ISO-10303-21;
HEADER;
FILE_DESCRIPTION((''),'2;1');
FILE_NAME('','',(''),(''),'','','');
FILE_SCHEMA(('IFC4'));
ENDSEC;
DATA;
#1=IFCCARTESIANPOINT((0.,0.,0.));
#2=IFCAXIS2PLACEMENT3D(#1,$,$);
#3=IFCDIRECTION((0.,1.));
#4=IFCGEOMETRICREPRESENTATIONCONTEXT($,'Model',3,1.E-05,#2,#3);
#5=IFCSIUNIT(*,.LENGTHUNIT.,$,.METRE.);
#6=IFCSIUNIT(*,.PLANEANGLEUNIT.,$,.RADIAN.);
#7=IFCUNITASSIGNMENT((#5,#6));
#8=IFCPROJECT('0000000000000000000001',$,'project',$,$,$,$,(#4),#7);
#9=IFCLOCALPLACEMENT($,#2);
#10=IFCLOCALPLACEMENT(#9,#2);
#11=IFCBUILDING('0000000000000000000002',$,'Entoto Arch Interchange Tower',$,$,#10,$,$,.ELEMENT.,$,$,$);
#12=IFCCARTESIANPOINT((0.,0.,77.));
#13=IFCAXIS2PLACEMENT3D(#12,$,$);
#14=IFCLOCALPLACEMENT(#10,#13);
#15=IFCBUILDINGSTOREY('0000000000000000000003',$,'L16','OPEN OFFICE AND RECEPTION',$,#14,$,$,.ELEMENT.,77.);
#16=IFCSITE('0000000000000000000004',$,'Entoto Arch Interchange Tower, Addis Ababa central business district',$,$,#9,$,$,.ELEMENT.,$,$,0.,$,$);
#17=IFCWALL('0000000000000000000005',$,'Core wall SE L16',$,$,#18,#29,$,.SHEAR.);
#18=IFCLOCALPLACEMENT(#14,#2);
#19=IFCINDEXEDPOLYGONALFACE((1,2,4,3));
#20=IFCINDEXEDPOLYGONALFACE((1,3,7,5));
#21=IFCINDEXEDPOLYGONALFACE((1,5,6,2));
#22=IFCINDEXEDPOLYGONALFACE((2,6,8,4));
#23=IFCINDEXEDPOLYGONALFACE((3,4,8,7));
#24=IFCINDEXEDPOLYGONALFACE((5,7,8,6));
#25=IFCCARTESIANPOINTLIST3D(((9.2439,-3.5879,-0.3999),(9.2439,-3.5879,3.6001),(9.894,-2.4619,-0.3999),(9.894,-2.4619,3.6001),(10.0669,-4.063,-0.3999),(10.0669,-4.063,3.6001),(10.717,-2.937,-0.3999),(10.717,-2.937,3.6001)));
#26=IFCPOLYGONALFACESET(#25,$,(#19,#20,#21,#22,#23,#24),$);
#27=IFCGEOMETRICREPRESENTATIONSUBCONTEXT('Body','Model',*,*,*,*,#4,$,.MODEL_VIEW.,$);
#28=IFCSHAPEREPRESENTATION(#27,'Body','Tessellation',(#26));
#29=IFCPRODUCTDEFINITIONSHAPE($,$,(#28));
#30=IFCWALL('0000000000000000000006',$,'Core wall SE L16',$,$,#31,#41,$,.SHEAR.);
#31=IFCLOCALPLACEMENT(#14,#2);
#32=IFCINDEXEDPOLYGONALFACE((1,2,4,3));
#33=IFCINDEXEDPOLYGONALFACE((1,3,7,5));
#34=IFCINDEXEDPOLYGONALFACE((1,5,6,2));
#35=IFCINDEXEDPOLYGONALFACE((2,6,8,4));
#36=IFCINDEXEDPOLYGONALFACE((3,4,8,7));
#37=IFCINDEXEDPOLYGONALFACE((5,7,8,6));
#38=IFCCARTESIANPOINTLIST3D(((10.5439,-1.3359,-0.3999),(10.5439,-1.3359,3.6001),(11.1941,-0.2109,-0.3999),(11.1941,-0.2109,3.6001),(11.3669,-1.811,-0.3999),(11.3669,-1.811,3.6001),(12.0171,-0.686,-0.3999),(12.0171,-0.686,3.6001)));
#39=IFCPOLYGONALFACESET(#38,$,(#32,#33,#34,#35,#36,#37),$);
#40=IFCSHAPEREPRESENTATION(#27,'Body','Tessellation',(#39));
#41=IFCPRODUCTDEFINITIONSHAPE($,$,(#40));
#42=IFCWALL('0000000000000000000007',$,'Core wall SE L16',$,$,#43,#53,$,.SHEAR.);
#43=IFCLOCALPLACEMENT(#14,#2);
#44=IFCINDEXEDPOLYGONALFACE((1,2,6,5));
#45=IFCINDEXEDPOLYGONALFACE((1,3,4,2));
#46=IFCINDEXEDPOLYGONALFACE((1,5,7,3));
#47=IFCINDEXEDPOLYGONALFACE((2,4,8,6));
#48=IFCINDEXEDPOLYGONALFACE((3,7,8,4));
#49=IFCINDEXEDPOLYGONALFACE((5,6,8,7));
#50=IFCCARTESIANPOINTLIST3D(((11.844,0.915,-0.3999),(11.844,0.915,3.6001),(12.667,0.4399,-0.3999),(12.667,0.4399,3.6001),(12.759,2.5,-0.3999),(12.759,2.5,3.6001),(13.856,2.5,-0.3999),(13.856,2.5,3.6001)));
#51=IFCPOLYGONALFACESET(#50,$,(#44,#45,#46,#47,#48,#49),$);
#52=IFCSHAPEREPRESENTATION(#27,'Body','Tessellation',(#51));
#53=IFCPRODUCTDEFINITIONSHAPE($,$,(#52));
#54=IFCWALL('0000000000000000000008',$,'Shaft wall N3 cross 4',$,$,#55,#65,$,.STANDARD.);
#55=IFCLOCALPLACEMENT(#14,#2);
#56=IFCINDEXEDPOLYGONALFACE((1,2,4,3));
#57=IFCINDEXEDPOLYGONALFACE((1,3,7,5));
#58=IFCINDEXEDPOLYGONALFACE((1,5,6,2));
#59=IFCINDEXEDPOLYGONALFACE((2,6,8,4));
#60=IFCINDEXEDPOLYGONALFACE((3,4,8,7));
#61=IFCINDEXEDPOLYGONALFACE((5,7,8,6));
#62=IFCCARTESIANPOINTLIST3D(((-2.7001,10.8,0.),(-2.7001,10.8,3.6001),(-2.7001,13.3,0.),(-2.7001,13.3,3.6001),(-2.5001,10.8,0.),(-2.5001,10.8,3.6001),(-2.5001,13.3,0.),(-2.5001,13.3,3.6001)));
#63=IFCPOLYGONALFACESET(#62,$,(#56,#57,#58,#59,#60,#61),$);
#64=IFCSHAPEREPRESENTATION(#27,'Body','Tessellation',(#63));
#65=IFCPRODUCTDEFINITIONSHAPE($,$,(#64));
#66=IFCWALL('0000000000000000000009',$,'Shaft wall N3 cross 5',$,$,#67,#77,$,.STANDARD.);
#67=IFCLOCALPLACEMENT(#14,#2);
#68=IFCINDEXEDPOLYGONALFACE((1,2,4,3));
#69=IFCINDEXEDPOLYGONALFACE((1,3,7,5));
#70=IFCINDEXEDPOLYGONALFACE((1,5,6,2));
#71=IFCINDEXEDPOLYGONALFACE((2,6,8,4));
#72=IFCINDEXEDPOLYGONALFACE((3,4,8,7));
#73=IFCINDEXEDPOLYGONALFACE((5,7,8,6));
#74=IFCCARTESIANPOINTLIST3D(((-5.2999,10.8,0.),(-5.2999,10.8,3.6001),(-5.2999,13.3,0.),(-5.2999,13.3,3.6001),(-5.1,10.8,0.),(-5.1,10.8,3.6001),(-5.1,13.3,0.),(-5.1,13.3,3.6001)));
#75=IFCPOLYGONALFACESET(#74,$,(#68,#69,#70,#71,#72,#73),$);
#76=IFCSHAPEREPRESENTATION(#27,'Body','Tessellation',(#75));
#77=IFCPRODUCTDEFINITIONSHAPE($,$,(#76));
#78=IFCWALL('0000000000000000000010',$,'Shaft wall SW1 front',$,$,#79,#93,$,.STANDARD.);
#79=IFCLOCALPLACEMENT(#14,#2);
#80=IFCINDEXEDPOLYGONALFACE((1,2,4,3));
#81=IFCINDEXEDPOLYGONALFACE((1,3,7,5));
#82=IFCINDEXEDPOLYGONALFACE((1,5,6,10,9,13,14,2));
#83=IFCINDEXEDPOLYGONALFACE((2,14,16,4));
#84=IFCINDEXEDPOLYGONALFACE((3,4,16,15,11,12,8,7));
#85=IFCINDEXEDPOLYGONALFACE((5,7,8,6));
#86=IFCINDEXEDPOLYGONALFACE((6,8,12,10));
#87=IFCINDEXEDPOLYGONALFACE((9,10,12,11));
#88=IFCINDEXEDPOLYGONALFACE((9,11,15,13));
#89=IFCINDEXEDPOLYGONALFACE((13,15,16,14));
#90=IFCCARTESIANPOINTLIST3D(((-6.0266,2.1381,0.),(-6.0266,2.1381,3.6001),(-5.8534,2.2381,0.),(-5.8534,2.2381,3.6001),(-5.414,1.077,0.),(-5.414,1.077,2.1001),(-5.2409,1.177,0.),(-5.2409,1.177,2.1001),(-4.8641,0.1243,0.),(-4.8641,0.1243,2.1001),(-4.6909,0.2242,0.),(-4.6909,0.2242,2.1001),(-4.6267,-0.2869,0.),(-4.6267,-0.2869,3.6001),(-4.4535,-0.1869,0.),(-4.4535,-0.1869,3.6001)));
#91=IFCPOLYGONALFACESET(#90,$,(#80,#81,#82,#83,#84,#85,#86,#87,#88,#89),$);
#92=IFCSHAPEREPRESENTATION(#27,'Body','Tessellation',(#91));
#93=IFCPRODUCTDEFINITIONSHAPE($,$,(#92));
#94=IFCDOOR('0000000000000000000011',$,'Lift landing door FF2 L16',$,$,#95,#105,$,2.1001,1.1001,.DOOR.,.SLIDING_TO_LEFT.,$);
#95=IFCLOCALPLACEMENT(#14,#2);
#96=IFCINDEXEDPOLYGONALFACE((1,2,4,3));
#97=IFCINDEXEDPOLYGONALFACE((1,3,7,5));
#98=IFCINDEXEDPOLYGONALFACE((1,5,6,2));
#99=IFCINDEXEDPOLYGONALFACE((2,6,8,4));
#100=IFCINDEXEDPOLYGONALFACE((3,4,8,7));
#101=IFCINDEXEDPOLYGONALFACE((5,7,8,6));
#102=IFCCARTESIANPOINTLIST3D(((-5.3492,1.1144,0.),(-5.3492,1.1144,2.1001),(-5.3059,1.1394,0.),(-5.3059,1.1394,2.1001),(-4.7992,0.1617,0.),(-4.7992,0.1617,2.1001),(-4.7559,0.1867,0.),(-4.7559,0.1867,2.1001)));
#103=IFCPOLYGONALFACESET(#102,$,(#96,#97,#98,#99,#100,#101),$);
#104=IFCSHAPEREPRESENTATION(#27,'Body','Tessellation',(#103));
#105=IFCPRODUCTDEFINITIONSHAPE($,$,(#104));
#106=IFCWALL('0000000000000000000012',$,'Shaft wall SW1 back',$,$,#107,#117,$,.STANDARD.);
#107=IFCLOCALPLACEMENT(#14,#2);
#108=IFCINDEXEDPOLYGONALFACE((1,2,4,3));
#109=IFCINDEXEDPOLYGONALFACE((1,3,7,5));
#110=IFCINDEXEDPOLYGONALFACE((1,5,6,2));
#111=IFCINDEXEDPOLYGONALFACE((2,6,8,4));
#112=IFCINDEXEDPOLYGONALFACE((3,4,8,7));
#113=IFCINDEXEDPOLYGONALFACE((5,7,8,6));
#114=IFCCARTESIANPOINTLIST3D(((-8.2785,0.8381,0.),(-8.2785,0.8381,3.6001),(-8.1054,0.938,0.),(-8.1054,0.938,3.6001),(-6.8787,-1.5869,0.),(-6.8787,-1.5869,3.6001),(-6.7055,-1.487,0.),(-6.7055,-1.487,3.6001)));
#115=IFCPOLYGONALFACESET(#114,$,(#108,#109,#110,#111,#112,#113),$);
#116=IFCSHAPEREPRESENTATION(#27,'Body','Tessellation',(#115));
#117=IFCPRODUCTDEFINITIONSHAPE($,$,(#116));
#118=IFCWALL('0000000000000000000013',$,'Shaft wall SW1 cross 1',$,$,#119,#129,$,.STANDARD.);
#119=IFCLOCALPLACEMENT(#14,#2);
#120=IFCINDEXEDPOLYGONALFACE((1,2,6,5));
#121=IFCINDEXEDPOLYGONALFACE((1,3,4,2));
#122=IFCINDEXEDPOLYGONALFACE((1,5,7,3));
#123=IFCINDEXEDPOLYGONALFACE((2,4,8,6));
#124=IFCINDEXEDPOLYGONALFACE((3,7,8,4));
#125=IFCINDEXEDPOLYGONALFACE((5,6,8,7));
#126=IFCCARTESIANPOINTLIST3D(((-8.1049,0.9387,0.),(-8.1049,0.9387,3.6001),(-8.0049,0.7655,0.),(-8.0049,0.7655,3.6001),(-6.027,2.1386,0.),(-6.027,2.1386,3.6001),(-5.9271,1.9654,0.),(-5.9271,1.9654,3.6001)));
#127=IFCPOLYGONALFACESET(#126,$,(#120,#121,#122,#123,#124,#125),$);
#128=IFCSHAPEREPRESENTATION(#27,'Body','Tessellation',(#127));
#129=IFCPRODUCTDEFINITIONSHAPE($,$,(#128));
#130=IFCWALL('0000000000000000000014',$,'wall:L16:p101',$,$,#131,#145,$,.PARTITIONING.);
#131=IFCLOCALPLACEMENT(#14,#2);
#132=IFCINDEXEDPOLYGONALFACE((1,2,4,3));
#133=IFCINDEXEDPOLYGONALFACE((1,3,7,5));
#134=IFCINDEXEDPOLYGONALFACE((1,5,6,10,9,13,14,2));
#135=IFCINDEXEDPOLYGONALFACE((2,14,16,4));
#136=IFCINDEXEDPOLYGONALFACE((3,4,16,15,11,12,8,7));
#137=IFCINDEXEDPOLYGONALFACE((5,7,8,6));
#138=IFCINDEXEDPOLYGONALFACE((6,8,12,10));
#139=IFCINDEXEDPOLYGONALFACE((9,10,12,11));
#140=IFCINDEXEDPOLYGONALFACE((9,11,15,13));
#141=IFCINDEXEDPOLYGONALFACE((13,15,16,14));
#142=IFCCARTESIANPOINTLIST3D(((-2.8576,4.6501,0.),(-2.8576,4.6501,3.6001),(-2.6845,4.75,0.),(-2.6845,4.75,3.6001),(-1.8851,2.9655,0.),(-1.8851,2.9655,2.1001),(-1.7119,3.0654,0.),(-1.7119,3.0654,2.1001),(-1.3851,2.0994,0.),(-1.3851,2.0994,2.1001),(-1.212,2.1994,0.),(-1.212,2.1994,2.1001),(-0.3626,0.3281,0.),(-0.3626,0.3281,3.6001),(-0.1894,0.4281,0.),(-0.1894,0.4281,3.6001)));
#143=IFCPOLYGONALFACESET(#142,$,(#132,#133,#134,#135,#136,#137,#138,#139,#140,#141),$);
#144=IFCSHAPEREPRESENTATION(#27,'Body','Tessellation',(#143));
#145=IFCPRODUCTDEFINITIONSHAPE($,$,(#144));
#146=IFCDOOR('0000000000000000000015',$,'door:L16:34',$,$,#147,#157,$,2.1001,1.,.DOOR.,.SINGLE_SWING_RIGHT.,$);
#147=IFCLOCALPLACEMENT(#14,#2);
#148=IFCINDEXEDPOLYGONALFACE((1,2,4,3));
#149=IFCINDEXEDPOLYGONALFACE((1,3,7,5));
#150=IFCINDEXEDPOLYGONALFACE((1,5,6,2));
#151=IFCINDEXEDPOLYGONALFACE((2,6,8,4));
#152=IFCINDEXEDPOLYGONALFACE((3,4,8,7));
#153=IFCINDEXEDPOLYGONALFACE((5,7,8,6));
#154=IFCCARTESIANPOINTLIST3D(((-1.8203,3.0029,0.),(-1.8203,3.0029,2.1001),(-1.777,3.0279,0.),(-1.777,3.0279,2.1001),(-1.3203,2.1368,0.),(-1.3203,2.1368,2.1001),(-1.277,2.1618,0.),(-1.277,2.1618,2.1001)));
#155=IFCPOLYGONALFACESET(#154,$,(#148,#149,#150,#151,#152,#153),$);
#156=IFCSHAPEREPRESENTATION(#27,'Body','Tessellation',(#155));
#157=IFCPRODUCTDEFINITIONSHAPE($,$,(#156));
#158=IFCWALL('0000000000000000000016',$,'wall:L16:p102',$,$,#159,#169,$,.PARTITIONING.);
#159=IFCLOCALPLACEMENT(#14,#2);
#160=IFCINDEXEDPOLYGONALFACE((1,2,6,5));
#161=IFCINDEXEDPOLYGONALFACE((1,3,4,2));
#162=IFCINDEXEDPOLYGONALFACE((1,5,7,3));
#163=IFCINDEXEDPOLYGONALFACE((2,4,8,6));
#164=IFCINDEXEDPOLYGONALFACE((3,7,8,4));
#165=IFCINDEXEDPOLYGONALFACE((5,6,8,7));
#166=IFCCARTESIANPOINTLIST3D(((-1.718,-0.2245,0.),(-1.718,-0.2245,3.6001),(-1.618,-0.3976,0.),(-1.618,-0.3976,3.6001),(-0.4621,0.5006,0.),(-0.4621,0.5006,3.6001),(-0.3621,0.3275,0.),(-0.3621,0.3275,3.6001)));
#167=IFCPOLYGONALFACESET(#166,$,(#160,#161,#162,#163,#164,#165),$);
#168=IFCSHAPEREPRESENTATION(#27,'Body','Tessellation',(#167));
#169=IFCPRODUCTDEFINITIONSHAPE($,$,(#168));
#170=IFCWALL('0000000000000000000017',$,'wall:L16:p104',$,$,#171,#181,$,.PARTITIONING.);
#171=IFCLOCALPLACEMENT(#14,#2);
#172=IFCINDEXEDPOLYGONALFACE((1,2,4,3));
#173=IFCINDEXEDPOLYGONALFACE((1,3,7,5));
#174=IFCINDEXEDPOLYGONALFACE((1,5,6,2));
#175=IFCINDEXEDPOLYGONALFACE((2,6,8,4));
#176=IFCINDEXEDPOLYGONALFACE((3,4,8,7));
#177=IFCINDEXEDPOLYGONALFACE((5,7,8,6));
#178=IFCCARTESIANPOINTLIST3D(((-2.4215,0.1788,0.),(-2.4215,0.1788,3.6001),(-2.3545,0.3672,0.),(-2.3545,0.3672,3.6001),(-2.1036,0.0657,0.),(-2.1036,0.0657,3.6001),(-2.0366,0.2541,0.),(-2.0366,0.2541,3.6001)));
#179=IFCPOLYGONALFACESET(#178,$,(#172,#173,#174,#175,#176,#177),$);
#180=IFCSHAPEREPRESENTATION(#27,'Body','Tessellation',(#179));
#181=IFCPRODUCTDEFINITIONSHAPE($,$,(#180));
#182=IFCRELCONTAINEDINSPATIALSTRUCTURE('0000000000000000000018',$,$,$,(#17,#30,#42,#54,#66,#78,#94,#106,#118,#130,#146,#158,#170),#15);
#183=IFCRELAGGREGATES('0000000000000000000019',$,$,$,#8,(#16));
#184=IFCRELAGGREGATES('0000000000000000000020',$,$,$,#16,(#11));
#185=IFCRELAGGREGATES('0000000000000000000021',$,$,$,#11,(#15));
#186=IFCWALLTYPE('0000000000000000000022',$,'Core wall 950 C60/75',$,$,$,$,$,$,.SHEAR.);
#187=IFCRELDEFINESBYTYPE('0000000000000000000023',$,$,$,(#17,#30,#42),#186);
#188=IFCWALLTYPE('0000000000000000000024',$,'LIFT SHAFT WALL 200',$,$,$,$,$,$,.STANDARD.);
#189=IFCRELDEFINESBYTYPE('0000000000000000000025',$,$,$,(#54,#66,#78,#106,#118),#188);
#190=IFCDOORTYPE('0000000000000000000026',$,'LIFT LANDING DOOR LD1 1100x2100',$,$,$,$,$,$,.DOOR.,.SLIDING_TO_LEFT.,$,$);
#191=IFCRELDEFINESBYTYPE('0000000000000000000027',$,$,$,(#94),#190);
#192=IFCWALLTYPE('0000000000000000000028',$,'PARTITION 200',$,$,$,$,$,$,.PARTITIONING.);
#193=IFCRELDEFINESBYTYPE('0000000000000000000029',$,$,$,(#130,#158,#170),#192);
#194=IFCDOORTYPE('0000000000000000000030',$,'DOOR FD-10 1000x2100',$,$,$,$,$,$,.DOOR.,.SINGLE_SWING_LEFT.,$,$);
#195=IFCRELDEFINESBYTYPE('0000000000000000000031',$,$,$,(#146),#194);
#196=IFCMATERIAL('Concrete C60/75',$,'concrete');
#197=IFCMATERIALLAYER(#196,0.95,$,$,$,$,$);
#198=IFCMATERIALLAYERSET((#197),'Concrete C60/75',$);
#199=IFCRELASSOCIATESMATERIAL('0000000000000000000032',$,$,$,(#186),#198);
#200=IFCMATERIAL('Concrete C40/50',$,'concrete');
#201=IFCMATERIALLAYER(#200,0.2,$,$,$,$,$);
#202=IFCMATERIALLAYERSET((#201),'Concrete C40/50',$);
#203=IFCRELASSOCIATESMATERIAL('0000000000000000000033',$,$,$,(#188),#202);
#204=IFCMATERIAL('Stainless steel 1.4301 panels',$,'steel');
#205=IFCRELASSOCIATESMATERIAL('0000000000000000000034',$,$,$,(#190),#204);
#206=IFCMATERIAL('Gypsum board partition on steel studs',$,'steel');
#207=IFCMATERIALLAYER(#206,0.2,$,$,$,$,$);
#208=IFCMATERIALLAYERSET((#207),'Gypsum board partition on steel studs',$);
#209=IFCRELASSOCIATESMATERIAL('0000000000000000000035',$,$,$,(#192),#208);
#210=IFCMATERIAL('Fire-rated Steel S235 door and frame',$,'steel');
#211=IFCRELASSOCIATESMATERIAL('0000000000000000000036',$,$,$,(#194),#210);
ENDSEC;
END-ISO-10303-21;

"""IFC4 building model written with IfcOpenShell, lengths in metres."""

from ifc_helpers import new_model, si_unit, direction, frame, frame_2d, origin, place, context, subcontext, project, spatial, polyline, rectangle, outline, extrude, material, layer, layer_set, type_object, element, fill, save


model = new_model("IFC4")

# Units and contexts
model_context = context("Model", 3, precision=1e-05, world=origin(), true_north=direction((0.0, 1.0)))
body_context = subcontext(model_context, "Body", "Model", "MODEL_VIEW")
ifc_project = project(units=[si_unit("LENGTHUNIT", "METRE"), si_unit("PLANEANGLEUNIT", "RADIAN")], contexts=[model_context])

# Site, building, storey
site_placement = place(None, origin())
site = spatial("IfcSite", under=ifc_project, at=site_placement, Name="Entoto Arch Interchange Tower, Addis Ababa central business district", CompositionType="ELEMENT", RefElevation=0.0)
building_placement = place(site_placement, origin())
building = spatial("IfcBuilding", under=site, at=building_placement, Name="Entoto Arch Interchange Tower", CompositionType="ELEMENT")
storey_placement = place(building_placement, frame((0.0, 0.0, 77.0)))
storey = spatial("IfcBuildingStorey", under=building, at=storey_placement, Name="L16", Description="OPEN OFFICE AND RECEPTION", CompositionType="ELEMENT", Elevation=77.0)

# Walls
ifc_material_1 = material(Name="Concrete C60/75", Category="concrete")
ifc_layer_1 = layer(ifc_material_1, 0.95)
ifc_layer_set_1 = layer_set([ifc_layer_1], Name="Concrete C60/75")
wall_type_1 = type_object("IfcWallType", Name="Core wall 950 C60/75", PredefinedType="SHEAR", material=ifc_layer_set_1)
wall_1_placement = place(storey_placement, frame((0.0, 0.0, -0.3999)))
element("IfcWall", 1, at=wall_1_placement, inside=storey, type_object=wall_type_1, Name="Core wall SE L16", PredefinedType="SHEAR", context=body_context, shape_type="SweptSolid", body=[
    extrude(outline(polyline([(10.717, -2.937), (9.894, -2.4619), (9.2439, -3.5879), (10.0669, -4.063), (10.717, -2.937)])), origin(), (0.0, 0.0, 1.0), 4.0),
])
wall_2_placement = place(storey_placement, frame((0.0, 0.0, -0.3999)))
element("IfcWall", 2, at=wall_2_placement, inside=storey, type_object=wall_type_1, Name="Core wall SE L16", PredefinedType="SHEAR", context=body_context, shape_type="SweptSolid", body=[
    extrude(outline(polyline([(12.0171, -0.686), (11.1941, -0.2109), (10.5439, -1.3359), (11.3669, -1.811), (12.0171, -0.686)])), origin(), (0.0, 0.0, 1.0), 4.0),
])
wall_3_placement = place(storey_placement, frame((0.0, 0.0, -0.3999)))
element("IfcWall", 3, at=wall_3_placement, inside=storey, type_object=wall_type_1, Name="Core wall SE L16", PredefinedType="SHEAR", context=body_context, shape_type="SweptSolid", body=[
    extrude(outline(polyline([(11.844, 0.915), (12.667, 0.4399), (13.856, 2.5), (12.759, 2.5), (11.844, 0.915)])), origin(), (0.0, 0.0, 1.0), 4.0),
])
ifc_material_2 = material(Name="Concrete C40/50", Category="concrete")
ifc_layer_2 = layer(ifc_material_2, 0.2)
ifc_layer_set_2 = layer_set([ifc_layer_2], Name="Concrete C40/50")
wall_type_2 = type_object("IfcWallType", Name="LIFT SHAFT WALL 200", PredefinedType="STANDARD", material=ifc_layer_set_2)
for number, where, z_axis, x_axis, name in (
    (4, (-2.6001, 10.8, 0.0), (0.0, 0.0, 1.0), (0.0, 1.0, 0.0), "Shaft wall N3 cross 4"),
    (5, (-5.2, 10.8, 0.0), (0.0, 0.0, 1.0), (0.0, 1.0, 0.0), "Shaft wall N3 cross 5"),
):
    element("IfcWall", number, at=place(storey_placement, frame(where, z_axis=z_axis, x_axis=x_axis)), inside=storey, type_object=wall_type_2, Name=name, PredefinedType="STANDARD", context=body_context, shape_type="SweptSolid", body=[
        extrude(rectangle(XDim=2.5, YDim=0.2, at=frame_2d((1.25, 0.0))), origin(), (0.0, 0.0, 1.0), 3.6001),
    ])

# Wall, opening, door
wall_4_placement = place(storey_placement, frame((-5.9399, 2.188, 0.0), z_axis=(0.0, 0.0, 1.0), x_axis=(0.499946, -0.866056, 0.0)))
wall_4 = element("IfcWall", 6, at=wall_4_placement, inside=storey, type_object=wall_type_2, Name="Shaft wall SW1 front", PredefinedType="STANDARD", context=body_context, shape_type="SweptSolid", body=[
    extrude(rectangle(XDim=2.8, YDim=0.2, at=frame_2d((1.3999, 0.0))), origin(), (0.0, 0.0, 1.0), 3.6001),
])
opening_1_placement = place(wall_4_placement, frame((1.2251, 0.0, 0.0)))
opening_1 = element("IfcOpeningElement", 7, at=opening_1_placement, cuts=wall_4, PredefinedType="OPENING", context=body_context, shape_type="SweptSolid", body=[
    extrude(rectangle(XDim=1.1001, YDim=2.1001, at=frame_2d((0.55, 1.05))), frame((0.0, 0.1099, 0.0), z_axis=(0.0, -1.0, 0.0), x_axis=(1.0, 0.0, 0.0)), (0.0, 0.0, 1.0), 0.22),
])
ifc_material_3 = material(Name="Stainless steel 1.4301 panels", Category="steel")
door_type_1 = type_object("IfcDoorType", Name="LIFT LANDING DOOR LD1 1100x2100", OperationType="SLIDING_TO_LEFT", PredefinedType="DOOR", material=ifc_material_3)
door_1_placement = place(opening_1_placement, origin())
door_1 = element("IfcDoor", 8, at=door_1_placement, inside=storey, type_object=door_type_1, Name="Lift landing door FF2 L16", OperationType="SLIDING_TO_LEFT", OverallHeight=2.1001, OverallWidth=1.1001, PredefinedType="DOOR", context=body_context, shape_type="SweptSolid", body=[
    extrude(rectangle(XDim=1.1001, YDim=2.1001, at=frame_2d((0.55, 1.05))), frame((0.0, 0.0249, 0.0), z_axis=(0.0, -1.0, 0.0), x_axis=(1.0, 0.0, 0.0)), (0.0, 0.0, 1.0), 0.05),
])
fill(opening_1, door_1)

# Walls
wall_5_placement = place(storey_placement, frame((-8.1919, 0.8879, 0.0), z_axis=(0.0, 0.0, 1.0), x_axis=(0.499946, -0.866056, 0.0)))
element("IfcWall", 9, at=wall_5_placement, inside=storey, type_object=wall_type_2, Name="Shaft wall SW1 back", PredefinedType="STANDARD", context=body_context, shape_type="SweptSolid", body=[
    extrude(rectangle(XDim=2.8, YDim=0.2, at=frame_2d((1.3999, 0.0))), origin(), (0.0, 0.0, 1.0), 3.6001),
])
wall_6_placement = place(storey_placement, frame((-5.9771, 2.052, 0.0), z_axis=(0.0, 0.0, 1.0), x_axis=(-0.865974, -0.500089, 0.0)))
element("IfcWall", 10, at=wall_6_placement, inside=storey, type_object=wall_type_2, Name="Shaft wall SW1 cross 1", PredefinedType="STANDARD", context=body_context, shape_type="SweptSolid", body=[
    extrude(rectangle(XDim=2.3994, YDim=0.2, at=frame_2d((1.1997, 0.0))), origin(), (0.0, 0.0, 1.0), 3.6001),
])

# Wall, opening, door
ifc_material_4 = material(Name="Gypsum board partition on steel studs", Category="steel")
ifc_layer_3 = layer(ifc_material_4, 0.2)
ifc_layer_set_3 = layer_set([ifc_layer_3], Name="Gypsum board partition on steel studs")
wall_type_3 = type_object("IfcWallType", Name="PARTITION 200", PredefinedType="PARTITIONING", material=ifc_layer_set_3)
wall_7_placement = place(storey_placement, frame((-2.771, 4.7, 0.0), z_axis=(0.0, 0.0, 1.0), x_axis=(0.499969, -0.866043, 0.0)))
wall_7 = element("IfcWall", 11, at=wall_7_placement, inside=storey, type_object=wall_type_3, Name="wall:L16:p101", PredefinedType="PARTITIONING", context=body_context, shape_type="SweptSolid", body=[
    extrude(rectangle(XDim=4.9905, YDim=0.2, at=frame_2d((2.4951, 0.0))), origin(), (0.0, 0.0, 1.0), 3.6001),
])
opening_2_placement = place(wall_7_placement, frame((1.9451, 0.0, 0.0)))
opening_2 = element("IfcOpeningElement", 12, at=opening_2_placement, cuts=wall_7, PredefinedType="OPENING", context=body_context, shape_type="SweptSolid", body=[
    extrude(rectangle(XDim=1.0, YDim=2.1001, at=frame_2d((0.5, 1.05))), frame((0.0, 0.1099, 0.0), z_axis=(0.0, -1.0, 0.0), x_axis=(1.0, 0.0, 0.0)), (0.0, 0.0, 1.0), 0.22),
])
ifc_material_5 = material(Name="Fire-rated Steel S235 door and frame", Category="steel")
door_type_2 = type_object("IfcDoorType", Name="DOOR FD-10 1000x2100", OperationType="SINGLE_SWING_LEFT", PredefinedType="DOOR", material=ifc_material_5)
door_2_placement = place(opening_2_placement, origin())
door_2 = element("IfcDoor", 13, at=door_2_placement, inside=storey, type_object=door_type_2, Name="door:L16:34", OperationType="SINGLE_SWING_RIGHT", OverallHeight=2.1001, OverallWidth=1.0, PredefinedType="DOOR", context=body_context, shape_type="SweptSolid", body=[
    extrude(rectangle(XDim=1.0, YDim=2.1001, at=frame_2d((0.5, 1.05))), frame((0.0, 0.0249, 0.0), z_axis=(0.0, -1.0, 0.0), x_axis=(1.0, 0.0, 0.0)), (0.0, 0.0, 1.0), 0.05),
])
fill(opening_2, door_2)

# Walls
wall_8_placement = place(storey_placement, frame((-0.4121, 0.4141, 0.0), z_axis=(0.0, 0.0, 1.0), x_axis=(-0.866017, -0.500014, 0.0)))
element("IfcWall", 14, at=wall_8_placement, inside=storey, type_object=wall_type_3, Name="wall:L16:p102", PredefinedType="PARTITIONING", context=body_context, shape_type="SweptSolid", body=[
    extrude(rectangle(XDim=1.4502, YDim=0.2, at=frame_2d((0.7251, 0.0))), origin(), (0.0, 0.0, 1.0), 3.6001),
])
wall_9_placement = place(storey_placement, frame((-2.0701, 0.1599, 0.0), z_axis=(0.0, 0.0, 1.0), x_axis=(-0.942199, 0.335052, 0.0)))
element("IfcWall", 15, at=wall_9_placement, inside=storey, type_object=wall_type_3, Name="wall:L16:p104", PredefinedType="PARTITIONING", context=body_context, shape_type="SweptSolid", body=[
    extrude(rectangle(XDim=0.3374, YDim=0.2, at=frame_2d((0.1687, 0.0))), origin(), (0.0, 0.0, 1.0), 3.6001),
])

save(model, "model.ifc")
